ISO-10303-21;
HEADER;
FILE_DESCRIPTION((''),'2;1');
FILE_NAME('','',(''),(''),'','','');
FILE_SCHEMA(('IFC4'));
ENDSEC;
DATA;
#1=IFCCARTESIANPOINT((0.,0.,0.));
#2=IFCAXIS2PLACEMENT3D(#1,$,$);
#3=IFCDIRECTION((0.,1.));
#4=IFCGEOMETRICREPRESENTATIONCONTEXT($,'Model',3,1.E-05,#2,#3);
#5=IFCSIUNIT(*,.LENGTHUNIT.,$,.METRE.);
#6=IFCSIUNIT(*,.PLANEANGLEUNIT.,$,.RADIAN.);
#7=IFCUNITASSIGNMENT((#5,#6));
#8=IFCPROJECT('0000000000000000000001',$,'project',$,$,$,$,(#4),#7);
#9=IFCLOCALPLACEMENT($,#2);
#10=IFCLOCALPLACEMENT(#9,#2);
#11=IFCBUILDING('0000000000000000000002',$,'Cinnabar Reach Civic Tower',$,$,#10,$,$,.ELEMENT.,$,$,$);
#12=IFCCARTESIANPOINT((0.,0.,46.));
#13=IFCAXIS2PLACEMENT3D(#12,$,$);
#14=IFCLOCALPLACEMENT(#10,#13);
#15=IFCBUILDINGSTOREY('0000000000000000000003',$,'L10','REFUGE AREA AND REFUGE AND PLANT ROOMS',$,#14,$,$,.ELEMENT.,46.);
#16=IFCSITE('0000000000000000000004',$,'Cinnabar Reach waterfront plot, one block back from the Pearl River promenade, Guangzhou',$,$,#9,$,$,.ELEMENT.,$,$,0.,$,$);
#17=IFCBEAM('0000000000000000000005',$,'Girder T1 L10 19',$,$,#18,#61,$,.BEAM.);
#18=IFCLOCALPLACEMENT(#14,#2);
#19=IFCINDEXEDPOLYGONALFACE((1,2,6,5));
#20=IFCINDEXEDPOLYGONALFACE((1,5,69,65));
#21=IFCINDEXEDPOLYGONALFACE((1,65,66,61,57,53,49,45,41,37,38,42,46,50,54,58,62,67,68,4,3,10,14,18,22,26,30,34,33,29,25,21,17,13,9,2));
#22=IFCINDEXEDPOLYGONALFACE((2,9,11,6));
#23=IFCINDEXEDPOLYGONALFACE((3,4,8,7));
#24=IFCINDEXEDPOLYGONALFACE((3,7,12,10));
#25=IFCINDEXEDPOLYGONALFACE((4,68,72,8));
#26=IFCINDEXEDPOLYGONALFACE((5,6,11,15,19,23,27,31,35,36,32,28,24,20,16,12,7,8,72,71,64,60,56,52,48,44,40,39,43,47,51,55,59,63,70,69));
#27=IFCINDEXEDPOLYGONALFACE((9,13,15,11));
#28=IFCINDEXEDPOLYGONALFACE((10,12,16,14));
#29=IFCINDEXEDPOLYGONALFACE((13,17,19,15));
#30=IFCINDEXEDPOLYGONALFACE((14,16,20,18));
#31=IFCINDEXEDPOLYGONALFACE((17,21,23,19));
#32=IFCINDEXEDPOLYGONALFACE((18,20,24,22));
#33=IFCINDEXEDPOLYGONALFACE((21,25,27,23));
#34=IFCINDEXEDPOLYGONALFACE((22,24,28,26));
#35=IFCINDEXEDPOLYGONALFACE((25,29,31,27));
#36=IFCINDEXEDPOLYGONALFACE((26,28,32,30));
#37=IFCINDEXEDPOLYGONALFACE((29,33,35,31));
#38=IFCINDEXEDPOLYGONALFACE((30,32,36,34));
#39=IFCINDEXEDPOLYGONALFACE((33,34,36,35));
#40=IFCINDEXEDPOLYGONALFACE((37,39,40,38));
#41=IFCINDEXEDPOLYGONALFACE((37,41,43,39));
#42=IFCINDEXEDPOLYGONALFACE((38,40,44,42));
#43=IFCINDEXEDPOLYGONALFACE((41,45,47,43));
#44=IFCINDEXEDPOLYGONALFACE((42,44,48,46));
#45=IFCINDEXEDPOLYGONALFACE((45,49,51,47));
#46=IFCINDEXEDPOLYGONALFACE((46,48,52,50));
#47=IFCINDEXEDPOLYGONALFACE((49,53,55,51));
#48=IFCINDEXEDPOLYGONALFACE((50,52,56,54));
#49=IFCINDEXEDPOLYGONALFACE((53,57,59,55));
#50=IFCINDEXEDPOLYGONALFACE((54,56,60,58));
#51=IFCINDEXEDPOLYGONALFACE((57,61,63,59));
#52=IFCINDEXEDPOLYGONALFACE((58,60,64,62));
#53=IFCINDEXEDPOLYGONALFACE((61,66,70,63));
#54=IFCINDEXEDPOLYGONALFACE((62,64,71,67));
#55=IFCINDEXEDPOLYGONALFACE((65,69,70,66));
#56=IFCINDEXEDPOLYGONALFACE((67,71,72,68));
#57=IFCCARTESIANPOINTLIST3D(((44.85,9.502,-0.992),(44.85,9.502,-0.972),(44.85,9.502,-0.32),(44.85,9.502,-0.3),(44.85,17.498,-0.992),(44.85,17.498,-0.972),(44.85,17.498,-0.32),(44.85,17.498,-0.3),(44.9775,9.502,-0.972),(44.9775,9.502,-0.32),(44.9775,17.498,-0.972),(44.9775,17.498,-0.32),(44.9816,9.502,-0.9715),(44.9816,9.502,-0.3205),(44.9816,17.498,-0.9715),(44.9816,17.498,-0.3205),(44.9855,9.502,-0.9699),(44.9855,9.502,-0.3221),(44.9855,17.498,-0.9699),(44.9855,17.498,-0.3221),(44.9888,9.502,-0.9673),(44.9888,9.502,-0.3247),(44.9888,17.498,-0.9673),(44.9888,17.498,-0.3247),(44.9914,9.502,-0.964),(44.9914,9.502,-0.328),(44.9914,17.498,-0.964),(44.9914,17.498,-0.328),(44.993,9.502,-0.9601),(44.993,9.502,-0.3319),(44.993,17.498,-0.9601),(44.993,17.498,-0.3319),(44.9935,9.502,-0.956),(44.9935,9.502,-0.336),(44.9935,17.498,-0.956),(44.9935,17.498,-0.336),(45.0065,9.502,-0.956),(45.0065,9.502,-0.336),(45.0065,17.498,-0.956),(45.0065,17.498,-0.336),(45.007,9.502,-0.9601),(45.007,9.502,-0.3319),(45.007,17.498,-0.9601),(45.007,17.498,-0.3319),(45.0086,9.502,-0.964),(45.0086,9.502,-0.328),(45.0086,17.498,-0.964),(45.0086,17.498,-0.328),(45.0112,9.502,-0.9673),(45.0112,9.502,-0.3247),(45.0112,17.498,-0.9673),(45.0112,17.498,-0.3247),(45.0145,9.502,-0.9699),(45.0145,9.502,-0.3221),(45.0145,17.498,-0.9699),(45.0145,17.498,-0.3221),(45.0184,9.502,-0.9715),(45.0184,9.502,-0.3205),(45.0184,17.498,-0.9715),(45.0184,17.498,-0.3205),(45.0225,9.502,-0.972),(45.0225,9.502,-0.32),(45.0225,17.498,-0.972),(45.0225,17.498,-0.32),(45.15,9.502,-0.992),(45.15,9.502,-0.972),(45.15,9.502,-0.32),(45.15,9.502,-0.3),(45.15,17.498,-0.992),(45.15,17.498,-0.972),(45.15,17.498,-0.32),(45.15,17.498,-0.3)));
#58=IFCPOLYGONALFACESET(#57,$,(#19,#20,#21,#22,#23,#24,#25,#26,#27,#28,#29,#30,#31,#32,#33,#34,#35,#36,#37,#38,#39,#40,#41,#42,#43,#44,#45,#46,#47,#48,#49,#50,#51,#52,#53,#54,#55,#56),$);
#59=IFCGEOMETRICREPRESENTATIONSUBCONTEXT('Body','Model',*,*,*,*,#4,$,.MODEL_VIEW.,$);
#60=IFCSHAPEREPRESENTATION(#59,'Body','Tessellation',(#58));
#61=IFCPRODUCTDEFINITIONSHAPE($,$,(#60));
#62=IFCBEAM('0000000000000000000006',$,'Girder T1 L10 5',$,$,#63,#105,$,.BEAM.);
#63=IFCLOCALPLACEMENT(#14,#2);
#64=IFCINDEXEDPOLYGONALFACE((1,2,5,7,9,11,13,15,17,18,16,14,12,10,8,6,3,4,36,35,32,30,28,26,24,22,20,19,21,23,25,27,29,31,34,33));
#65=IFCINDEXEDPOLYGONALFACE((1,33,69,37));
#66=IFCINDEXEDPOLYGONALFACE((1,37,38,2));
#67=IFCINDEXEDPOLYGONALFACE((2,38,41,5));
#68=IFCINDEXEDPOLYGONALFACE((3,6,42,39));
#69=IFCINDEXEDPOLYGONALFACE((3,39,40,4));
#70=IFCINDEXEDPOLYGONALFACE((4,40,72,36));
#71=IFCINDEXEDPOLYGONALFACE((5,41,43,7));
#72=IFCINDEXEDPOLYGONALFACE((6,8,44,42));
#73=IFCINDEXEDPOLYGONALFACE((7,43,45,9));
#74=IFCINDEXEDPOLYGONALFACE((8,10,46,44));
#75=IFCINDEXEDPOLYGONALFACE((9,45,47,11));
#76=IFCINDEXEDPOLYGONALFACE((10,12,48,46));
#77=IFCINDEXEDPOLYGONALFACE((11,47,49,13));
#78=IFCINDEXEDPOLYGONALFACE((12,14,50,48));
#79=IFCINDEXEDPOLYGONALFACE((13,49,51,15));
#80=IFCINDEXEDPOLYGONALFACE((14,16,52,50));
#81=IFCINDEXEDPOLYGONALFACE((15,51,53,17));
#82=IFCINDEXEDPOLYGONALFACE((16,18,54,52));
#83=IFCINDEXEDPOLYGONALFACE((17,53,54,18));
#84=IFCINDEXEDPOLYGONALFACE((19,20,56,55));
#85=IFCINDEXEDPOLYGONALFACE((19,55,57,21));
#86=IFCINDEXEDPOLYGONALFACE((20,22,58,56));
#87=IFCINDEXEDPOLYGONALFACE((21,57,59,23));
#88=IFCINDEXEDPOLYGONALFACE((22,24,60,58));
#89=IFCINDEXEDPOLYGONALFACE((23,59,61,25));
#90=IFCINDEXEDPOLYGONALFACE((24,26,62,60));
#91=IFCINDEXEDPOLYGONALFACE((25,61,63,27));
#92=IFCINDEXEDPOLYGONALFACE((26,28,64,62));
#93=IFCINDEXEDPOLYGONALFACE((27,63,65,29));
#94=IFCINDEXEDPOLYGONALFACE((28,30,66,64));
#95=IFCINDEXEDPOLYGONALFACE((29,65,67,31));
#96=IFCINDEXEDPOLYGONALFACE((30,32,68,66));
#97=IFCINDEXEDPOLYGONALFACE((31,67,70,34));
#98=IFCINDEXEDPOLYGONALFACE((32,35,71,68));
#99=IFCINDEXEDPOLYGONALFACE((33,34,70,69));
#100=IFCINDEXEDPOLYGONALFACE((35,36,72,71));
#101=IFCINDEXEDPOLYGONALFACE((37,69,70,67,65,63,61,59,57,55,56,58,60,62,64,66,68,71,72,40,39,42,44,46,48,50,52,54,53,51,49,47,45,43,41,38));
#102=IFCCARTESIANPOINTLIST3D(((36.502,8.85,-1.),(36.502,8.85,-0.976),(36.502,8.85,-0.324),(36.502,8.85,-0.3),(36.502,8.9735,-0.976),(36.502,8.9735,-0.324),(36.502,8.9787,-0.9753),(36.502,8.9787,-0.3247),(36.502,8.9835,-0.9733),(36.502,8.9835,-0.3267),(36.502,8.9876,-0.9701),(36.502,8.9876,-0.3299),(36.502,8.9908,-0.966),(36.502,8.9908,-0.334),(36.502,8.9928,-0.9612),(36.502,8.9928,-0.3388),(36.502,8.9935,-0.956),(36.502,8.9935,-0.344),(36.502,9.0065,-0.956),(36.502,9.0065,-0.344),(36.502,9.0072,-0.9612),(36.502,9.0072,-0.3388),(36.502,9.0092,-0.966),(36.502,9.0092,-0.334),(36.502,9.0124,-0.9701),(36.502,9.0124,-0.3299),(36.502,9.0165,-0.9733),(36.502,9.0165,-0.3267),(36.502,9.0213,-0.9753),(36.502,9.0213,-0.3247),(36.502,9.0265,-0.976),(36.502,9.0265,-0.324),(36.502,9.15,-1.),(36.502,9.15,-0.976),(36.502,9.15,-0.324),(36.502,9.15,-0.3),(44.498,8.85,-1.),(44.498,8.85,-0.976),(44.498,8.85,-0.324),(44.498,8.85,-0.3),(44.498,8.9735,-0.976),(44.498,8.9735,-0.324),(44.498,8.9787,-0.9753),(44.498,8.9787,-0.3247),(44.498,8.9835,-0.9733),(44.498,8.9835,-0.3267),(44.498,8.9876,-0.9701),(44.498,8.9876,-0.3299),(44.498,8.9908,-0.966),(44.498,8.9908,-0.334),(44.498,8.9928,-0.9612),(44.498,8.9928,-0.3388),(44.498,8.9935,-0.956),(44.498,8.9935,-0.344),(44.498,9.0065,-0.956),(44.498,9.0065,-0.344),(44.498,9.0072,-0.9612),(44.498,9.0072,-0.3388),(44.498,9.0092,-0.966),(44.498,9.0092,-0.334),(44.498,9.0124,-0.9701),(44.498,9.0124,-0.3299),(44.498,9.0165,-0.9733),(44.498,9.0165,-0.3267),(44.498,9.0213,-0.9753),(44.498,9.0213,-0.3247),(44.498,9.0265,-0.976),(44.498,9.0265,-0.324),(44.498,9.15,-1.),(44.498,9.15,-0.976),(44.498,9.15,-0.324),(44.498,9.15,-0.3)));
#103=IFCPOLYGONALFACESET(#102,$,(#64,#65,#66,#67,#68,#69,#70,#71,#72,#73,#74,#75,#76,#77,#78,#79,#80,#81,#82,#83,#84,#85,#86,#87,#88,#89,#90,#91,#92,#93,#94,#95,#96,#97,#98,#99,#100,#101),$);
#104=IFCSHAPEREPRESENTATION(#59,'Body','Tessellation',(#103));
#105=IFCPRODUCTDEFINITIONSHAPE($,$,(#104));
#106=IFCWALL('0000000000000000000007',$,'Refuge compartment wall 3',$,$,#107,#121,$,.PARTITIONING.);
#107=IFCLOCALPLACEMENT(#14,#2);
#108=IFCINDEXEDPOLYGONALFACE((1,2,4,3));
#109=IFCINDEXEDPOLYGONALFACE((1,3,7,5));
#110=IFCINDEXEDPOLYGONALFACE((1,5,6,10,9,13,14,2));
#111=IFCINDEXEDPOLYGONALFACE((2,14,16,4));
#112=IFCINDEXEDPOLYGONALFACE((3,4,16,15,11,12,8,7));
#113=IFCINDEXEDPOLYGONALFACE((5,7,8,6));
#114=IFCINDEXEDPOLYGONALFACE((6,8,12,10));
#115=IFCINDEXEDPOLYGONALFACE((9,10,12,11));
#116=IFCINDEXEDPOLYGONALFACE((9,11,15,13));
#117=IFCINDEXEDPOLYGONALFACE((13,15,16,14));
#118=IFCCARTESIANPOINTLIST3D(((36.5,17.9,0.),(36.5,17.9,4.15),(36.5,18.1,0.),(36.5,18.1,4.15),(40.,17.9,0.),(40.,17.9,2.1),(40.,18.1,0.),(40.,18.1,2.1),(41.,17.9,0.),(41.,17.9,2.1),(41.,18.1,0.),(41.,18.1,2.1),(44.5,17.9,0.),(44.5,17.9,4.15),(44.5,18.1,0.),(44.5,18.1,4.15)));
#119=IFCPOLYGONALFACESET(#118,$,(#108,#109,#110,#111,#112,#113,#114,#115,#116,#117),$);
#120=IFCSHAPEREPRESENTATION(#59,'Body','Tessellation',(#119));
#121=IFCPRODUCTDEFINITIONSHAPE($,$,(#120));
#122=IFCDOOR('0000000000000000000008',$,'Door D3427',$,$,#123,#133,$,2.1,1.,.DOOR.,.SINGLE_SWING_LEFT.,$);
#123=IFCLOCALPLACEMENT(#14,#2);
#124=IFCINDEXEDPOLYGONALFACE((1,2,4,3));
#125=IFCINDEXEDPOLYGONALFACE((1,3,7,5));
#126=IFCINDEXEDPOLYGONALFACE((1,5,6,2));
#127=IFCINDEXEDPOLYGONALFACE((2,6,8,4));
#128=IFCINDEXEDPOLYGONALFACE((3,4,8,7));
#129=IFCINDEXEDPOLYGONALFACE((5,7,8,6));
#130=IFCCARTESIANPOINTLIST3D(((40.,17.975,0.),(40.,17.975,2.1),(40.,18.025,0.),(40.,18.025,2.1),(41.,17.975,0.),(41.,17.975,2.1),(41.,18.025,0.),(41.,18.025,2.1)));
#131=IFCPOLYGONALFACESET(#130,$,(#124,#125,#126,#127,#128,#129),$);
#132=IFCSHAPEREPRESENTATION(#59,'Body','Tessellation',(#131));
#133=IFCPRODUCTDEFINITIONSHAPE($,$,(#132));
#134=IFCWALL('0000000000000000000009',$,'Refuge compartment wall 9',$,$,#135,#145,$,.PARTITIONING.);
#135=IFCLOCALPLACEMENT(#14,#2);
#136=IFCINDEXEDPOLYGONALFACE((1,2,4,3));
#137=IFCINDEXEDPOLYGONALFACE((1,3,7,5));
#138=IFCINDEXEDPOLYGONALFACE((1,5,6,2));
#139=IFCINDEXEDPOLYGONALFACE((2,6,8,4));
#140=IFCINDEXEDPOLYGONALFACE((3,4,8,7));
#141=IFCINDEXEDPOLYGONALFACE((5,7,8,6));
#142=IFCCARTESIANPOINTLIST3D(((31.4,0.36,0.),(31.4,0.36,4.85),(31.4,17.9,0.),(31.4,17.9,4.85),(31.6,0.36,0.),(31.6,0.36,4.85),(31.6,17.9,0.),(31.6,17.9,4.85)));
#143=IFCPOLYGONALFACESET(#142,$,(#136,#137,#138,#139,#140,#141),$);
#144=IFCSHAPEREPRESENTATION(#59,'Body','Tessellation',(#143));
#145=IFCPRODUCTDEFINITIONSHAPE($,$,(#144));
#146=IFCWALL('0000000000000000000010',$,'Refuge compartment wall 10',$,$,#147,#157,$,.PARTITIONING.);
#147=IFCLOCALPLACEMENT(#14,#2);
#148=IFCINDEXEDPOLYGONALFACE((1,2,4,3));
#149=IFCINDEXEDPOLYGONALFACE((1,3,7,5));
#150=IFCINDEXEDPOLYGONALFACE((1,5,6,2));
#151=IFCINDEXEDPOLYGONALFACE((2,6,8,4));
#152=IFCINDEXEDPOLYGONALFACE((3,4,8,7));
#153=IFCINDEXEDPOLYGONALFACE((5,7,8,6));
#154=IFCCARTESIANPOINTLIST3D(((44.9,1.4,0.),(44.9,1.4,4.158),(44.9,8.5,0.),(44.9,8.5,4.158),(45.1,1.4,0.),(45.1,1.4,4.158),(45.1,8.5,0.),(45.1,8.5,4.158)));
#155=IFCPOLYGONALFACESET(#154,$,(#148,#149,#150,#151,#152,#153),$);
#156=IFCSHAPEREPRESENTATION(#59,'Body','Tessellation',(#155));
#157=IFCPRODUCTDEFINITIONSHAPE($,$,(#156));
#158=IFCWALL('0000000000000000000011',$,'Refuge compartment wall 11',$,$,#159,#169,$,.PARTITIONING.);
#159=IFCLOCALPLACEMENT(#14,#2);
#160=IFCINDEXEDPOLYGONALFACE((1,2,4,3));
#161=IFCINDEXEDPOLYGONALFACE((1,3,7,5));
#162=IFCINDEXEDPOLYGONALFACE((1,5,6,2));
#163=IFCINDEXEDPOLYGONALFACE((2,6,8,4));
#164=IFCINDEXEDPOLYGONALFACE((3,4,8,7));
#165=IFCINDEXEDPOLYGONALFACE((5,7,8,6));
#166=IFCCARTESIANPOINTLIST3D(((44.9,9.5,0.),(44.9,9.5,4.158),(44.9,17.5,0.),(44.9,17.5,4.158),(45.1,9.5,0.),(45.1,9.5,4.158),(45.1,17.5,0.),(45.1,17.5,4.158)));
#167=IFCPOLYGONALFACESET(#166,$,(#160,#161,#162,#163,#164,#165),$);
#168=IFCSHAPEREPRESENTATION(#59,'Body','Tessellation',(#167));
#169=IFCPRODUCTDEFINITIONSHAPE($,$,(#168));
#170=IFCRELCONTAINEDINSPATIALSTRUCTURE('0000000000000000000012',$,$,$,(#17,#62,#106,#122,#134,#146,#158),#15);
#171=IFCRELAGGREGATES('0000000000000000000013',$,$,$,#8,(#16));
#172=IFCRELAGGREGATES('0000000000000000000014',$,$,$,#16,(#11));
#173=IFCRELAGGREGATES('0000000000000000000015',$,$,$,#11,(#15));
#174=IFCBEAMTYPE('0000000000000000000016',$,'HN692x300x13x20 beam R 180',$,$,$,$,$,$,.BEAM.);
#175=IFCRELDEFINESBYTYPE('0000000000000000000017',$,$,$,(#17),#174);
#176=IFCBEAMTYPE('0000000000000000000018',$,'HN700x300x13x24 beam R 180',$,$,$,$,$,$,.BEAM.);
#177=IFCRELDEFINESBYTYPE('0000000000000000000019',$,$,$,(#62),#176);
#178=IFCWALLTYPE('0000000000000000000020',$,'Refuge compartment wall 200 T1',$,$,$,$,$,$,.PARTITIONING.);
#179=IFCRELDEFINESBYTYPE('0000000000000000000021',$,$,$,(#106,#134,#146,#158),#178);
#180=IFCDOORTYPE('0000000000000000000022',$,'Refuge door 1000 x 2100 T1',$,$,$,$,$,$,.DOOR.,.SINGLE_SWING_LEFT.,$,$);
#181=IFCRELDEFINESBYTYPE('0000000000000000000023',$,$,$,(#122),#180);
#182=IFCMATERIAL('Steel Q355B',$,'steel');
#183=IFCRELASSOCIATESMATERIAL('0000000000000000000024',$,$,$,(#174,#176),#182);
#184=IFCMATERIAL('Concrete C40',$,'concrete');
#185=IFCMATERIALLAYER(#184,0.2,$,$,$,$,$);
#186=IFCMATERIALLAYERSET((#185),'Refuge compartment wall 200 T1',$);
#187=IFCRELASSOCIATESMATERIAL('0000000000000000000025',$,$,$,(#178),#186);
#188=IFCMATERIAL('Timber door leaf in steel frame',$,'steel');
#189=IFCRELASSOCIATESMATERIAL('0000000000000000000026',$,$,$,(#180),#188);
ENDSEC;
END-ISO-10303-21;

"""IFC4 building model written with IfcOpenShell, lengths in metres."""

from ifc_helpers import new_model, si_unit, direction, frame, frame_2d, origin, origin_2d, place, context, subcontext, project, spatial, rectangle, i_section, extrude, material, layer, layer_set, material_profile, profile_set, type_object, element, fill, save


model = new_model("IFC4")

# Units and contexts
model_context = context("Model", 3, precision=1e-05, world=origin(), true_north=direction((0.0, 1.0)))
body_context = subcontext(model_context, "Body", "Model", "MODEL_VIEW")
ifc_project = project(units=[si_unit("LENGTHUNIT", "METRE"), si_unit("PLANEANGLEUNIT", "RADIAN")], contexts=[model_context])

# Site, building, storey
site_placement = place(None, origin())
site = spatial("IfcSite", under=ifc_project, at=site_placement, Name="Cinnabar Reach waterfront plot, one block back from the Pearl River promenade, Guangzhou", CompositionType="ELEMENT", RefElevation=0.0)
building_placement = place(site_placement, origin())
building = spatial("IfcBuilding", under=site, at=building_placement, Name="Cinnabar Reach Civic Tower", CompositionType="ELEMENT")
storey_placement = place(building_placement, frame((0.0, 0.0, 46.0)))
storey = spatial("IfcBuildingStorey", under=building, at=storey_placement, Name="L10", Description="REFUGE AREA AND REFUGE AND PLANT ROOMS", CompositionType="ELEMENT", Elevation=46.0)

# Beams
ifc_material_1 = material(Name="Steel Q355B", Category="steel")
ifc_material_profile_1 = material_profile(ifc_material_1, i_section(OverallWidth=0.3, OverallDepth=0.692, WebThickness=0.013, FlangeThickness=0.02, FilletRadius=0.016, at=origin_2d()), Name="HN692x300x13x20")
ifc_profile_set_1 = profile_set([ifc_material_profile_1], Name="Steel Q355B")
beam_type_1 = type_object("IfcBeamType", Name="HN692x300x13x20 beam R 180", PredefinedType="BEAM", material=ifc_profile_set_1)
beam_1_placement = place(storey_placement, frame((45.0, 9.502, -0.646), z_axis=(0.0, 1.0, 0.0), x_axis=(-1.0, 0.0, 0.0)))
element("IfcBeam", 1, at=beam_1_placement, inside=storey, type_object=beam_type_1, Name="Girder T1 L10 19", PredefinedType="BEAM", context=body_context, shape_type="SweptSolid", body=[
    extrude(i_section(OverallWidth=0.3, OverallDepth=0.692, WebThickness=0.013, FlangeThickness=0.02, FilletRadius=0.016, at=origin_2d()), origin(), (0.0, 0.0, 1.0), 7.996),
])
ifc_material_profile_2 = material_profile(ifc_material_1, i_section(OverallWidth=0.3, OverallDepth=0.7, WebThickness=0.013, FlangeThickness=0.024, FilletRadius=0.02, at=origin_2d()), Name="HN700x300x13x24")
ifc_profile_set_2 = profile_set([ifc_material_profile_2], Name="Steel Q355B")
beam_type_2 = type_object("IfcBeamType", Name="HN700x300x13x24 beam R 180", PredefinedType="BEAM", material=ifc_profile_set_2)
beam_2_placement = place(storey_placement, frame((36.502, 9.0, -0.65), z_axis=(1.0, 0.0, 0.0), x_axis=(0.0, 1.0, 0.0)))
element("IfcBeam", 2, at=beam_2_placement, inside=storey, type_object=beam_type_2, Name="Girder T1 L10 5", PredefinedType="BEAM", context=body_context, shape_type="SweptSolid", body=[
    extrude(i_section(OverallWidth=0.3, OverallDepth=0.7, WebThickness=0.013, FlangeThickness=0.024, FilletRadius=0.02, at=origin_2d()), origin(), (0.0, 0.0, 1.0), 7.996),
])

# Wall, opening, door
ifc_material_2 = material(Name="Concrete C40", Category="concrete")
ifc_layer = layer(ifc_material_2, 0.2)
ifc_layer_set = layer_set([ifc_layer], Name="Refuge compartment wall 200 T1")
wall_type = type_object("IfcWallType", Name="Refuge compartment wall 200 T1", PredefinedType="PARTITIONING", material=ifc_layer_set)
wall_1_placement = place(storey_placement, frame((36.5, 18.0, 0.0), z_axis=(0.0, 0.0, 1.0), x_axis=(1.0, 0.0, 0.0)))
wall_1 = element("IfcWall", 3, at=wall_1_placement, inside=storey, type_object=wall_type, Name="Refuge compartment wall 3", PredefinedType="PARTITIONING", context=body_context, shape_type="SweptSolid", body=[
    extrude(rectangle(XDim=8.0, YDim=0.2, at=frame_2d((4.0, 0.0))), origin(), (0.0, 0.0, 1.0), 4.15),
])
opening_1_placement = place(wall_1_placement, frame((3.5, 0.0, 0.0)))
opening_1 = element("IfcOpeningElement", 4, at=opening_1_placement, cuts=wall_1, PredefinedType="OPENING", context=body_context, shape_type="SweptSolid", body=[
    extrude(rectangle(XDim=1.0, YDim=2.1, at=frame_2d((0.5, 1.05))), frame((0.0, 0.11, 0.0), z_axis=(0.0, -1.0, 0.0), x_axis=(1.0, 0.0, 0.0)), (0.0, 0.0, 1.0), 0.22),
])
ifc_material_3 = material(Name="Timber door leaf in steel frame", Category="steel")
door_type = type_object("IfcDoorType", Name="Refuge door 1000 x 2100 T1", OperationType="SINGLE_SWING_LEFT", PredefinedType="DOOR", material=ifc_material_3)
door_1_placement = place(opening_1_placement, frame((1.0, 0.0, 0.0), z_axis=(0.0, 0.0, 1.0), x_axis=(-1.0, 0.0, 0.0)))
door_1 = element("IfcDoor", 5, at=door_1_placement, inside=storey, type_object=door_type, Name="Door D3427", OperationType="SINGLE_SWING_LEFT", OverallHeight=2.1, OverallWidth=1.0, PredefinedType="DOOR", context=body_context, shape_type="SweptSolid", body=[
    extrude(rectangle(XDim=1.0, YDim=2.1, at=frame_2d((0.5, 1.05))), frame((0.0, 0.025, 0.0), z_axis=(0.0, -1.0, 0.0), x_axis=(1.0, 0.0, 0.0)), (0.0, 0.0, 1.0), 0.05),
])
fill(opening_1, door_1)

# Walls
wall_2_placement = place(storey_placement, frame((31.5, 0.36, 0.0), z_axis=(0.0, 0.0, 1.0), x_axis=(0.0, 1.0, 0.0)))
element("IfcWall", 6, at=wall_2_placement, inside=storey, type_object=wall_type, Name="Refuge compartment wall 9", PredefinedType="PARTITIONING", context=body_context, shape_type="SweptSolid", body=[
    extrude(rectangle(XDim=17.54, YDim=0.2, at=frame_2d((8.77, 0.0))), origin(), (0.0, 0.0, 1.0), 4.85),
])
wall_3_placement = place(storey_placement, frame((45.0, 1.4, 0.0), z_axis=(0.0, 0.0, 1.0), x_axis=(0.0, 1.0, 0.0)))
element("IfcWall", 7, at=wall_3_placement, inside=storey, type_object=wall_type, Name="Refuge compartment wall 10", PredefinedType="PARTITIONING", context=body_context, shape_type="SweptSolid", body=[
    extrude(rectangle(XDim=7.1, YDim=0.2, at=frame_2d((3.55, 0.0))), origin(), (0.0, 0.0, 1.0), 4.158),
])
wall_4_placement = place(storey_placement, frame((45.0, 9.5, 0.0), z_axis=(0.0, 0.0, 1.0), x_axis=(0.0, 1.0, 0.0)))
element("IfcWall", 8, at=wall_4_placement, inside=storey, type_object=wall_type, Name="Refuge compartment wall 11", PredefinedType="PARTITIONING", context=body_context, shape_type="SweptSolid", body=[
    extrude(rectangle(XDim=8.0, YDim=0.2, at=frame_2d((4.0, 0.0))), origin(), (0.0, 0.0, 1.0), 4.158),
])

save(model, "model.ifc")
